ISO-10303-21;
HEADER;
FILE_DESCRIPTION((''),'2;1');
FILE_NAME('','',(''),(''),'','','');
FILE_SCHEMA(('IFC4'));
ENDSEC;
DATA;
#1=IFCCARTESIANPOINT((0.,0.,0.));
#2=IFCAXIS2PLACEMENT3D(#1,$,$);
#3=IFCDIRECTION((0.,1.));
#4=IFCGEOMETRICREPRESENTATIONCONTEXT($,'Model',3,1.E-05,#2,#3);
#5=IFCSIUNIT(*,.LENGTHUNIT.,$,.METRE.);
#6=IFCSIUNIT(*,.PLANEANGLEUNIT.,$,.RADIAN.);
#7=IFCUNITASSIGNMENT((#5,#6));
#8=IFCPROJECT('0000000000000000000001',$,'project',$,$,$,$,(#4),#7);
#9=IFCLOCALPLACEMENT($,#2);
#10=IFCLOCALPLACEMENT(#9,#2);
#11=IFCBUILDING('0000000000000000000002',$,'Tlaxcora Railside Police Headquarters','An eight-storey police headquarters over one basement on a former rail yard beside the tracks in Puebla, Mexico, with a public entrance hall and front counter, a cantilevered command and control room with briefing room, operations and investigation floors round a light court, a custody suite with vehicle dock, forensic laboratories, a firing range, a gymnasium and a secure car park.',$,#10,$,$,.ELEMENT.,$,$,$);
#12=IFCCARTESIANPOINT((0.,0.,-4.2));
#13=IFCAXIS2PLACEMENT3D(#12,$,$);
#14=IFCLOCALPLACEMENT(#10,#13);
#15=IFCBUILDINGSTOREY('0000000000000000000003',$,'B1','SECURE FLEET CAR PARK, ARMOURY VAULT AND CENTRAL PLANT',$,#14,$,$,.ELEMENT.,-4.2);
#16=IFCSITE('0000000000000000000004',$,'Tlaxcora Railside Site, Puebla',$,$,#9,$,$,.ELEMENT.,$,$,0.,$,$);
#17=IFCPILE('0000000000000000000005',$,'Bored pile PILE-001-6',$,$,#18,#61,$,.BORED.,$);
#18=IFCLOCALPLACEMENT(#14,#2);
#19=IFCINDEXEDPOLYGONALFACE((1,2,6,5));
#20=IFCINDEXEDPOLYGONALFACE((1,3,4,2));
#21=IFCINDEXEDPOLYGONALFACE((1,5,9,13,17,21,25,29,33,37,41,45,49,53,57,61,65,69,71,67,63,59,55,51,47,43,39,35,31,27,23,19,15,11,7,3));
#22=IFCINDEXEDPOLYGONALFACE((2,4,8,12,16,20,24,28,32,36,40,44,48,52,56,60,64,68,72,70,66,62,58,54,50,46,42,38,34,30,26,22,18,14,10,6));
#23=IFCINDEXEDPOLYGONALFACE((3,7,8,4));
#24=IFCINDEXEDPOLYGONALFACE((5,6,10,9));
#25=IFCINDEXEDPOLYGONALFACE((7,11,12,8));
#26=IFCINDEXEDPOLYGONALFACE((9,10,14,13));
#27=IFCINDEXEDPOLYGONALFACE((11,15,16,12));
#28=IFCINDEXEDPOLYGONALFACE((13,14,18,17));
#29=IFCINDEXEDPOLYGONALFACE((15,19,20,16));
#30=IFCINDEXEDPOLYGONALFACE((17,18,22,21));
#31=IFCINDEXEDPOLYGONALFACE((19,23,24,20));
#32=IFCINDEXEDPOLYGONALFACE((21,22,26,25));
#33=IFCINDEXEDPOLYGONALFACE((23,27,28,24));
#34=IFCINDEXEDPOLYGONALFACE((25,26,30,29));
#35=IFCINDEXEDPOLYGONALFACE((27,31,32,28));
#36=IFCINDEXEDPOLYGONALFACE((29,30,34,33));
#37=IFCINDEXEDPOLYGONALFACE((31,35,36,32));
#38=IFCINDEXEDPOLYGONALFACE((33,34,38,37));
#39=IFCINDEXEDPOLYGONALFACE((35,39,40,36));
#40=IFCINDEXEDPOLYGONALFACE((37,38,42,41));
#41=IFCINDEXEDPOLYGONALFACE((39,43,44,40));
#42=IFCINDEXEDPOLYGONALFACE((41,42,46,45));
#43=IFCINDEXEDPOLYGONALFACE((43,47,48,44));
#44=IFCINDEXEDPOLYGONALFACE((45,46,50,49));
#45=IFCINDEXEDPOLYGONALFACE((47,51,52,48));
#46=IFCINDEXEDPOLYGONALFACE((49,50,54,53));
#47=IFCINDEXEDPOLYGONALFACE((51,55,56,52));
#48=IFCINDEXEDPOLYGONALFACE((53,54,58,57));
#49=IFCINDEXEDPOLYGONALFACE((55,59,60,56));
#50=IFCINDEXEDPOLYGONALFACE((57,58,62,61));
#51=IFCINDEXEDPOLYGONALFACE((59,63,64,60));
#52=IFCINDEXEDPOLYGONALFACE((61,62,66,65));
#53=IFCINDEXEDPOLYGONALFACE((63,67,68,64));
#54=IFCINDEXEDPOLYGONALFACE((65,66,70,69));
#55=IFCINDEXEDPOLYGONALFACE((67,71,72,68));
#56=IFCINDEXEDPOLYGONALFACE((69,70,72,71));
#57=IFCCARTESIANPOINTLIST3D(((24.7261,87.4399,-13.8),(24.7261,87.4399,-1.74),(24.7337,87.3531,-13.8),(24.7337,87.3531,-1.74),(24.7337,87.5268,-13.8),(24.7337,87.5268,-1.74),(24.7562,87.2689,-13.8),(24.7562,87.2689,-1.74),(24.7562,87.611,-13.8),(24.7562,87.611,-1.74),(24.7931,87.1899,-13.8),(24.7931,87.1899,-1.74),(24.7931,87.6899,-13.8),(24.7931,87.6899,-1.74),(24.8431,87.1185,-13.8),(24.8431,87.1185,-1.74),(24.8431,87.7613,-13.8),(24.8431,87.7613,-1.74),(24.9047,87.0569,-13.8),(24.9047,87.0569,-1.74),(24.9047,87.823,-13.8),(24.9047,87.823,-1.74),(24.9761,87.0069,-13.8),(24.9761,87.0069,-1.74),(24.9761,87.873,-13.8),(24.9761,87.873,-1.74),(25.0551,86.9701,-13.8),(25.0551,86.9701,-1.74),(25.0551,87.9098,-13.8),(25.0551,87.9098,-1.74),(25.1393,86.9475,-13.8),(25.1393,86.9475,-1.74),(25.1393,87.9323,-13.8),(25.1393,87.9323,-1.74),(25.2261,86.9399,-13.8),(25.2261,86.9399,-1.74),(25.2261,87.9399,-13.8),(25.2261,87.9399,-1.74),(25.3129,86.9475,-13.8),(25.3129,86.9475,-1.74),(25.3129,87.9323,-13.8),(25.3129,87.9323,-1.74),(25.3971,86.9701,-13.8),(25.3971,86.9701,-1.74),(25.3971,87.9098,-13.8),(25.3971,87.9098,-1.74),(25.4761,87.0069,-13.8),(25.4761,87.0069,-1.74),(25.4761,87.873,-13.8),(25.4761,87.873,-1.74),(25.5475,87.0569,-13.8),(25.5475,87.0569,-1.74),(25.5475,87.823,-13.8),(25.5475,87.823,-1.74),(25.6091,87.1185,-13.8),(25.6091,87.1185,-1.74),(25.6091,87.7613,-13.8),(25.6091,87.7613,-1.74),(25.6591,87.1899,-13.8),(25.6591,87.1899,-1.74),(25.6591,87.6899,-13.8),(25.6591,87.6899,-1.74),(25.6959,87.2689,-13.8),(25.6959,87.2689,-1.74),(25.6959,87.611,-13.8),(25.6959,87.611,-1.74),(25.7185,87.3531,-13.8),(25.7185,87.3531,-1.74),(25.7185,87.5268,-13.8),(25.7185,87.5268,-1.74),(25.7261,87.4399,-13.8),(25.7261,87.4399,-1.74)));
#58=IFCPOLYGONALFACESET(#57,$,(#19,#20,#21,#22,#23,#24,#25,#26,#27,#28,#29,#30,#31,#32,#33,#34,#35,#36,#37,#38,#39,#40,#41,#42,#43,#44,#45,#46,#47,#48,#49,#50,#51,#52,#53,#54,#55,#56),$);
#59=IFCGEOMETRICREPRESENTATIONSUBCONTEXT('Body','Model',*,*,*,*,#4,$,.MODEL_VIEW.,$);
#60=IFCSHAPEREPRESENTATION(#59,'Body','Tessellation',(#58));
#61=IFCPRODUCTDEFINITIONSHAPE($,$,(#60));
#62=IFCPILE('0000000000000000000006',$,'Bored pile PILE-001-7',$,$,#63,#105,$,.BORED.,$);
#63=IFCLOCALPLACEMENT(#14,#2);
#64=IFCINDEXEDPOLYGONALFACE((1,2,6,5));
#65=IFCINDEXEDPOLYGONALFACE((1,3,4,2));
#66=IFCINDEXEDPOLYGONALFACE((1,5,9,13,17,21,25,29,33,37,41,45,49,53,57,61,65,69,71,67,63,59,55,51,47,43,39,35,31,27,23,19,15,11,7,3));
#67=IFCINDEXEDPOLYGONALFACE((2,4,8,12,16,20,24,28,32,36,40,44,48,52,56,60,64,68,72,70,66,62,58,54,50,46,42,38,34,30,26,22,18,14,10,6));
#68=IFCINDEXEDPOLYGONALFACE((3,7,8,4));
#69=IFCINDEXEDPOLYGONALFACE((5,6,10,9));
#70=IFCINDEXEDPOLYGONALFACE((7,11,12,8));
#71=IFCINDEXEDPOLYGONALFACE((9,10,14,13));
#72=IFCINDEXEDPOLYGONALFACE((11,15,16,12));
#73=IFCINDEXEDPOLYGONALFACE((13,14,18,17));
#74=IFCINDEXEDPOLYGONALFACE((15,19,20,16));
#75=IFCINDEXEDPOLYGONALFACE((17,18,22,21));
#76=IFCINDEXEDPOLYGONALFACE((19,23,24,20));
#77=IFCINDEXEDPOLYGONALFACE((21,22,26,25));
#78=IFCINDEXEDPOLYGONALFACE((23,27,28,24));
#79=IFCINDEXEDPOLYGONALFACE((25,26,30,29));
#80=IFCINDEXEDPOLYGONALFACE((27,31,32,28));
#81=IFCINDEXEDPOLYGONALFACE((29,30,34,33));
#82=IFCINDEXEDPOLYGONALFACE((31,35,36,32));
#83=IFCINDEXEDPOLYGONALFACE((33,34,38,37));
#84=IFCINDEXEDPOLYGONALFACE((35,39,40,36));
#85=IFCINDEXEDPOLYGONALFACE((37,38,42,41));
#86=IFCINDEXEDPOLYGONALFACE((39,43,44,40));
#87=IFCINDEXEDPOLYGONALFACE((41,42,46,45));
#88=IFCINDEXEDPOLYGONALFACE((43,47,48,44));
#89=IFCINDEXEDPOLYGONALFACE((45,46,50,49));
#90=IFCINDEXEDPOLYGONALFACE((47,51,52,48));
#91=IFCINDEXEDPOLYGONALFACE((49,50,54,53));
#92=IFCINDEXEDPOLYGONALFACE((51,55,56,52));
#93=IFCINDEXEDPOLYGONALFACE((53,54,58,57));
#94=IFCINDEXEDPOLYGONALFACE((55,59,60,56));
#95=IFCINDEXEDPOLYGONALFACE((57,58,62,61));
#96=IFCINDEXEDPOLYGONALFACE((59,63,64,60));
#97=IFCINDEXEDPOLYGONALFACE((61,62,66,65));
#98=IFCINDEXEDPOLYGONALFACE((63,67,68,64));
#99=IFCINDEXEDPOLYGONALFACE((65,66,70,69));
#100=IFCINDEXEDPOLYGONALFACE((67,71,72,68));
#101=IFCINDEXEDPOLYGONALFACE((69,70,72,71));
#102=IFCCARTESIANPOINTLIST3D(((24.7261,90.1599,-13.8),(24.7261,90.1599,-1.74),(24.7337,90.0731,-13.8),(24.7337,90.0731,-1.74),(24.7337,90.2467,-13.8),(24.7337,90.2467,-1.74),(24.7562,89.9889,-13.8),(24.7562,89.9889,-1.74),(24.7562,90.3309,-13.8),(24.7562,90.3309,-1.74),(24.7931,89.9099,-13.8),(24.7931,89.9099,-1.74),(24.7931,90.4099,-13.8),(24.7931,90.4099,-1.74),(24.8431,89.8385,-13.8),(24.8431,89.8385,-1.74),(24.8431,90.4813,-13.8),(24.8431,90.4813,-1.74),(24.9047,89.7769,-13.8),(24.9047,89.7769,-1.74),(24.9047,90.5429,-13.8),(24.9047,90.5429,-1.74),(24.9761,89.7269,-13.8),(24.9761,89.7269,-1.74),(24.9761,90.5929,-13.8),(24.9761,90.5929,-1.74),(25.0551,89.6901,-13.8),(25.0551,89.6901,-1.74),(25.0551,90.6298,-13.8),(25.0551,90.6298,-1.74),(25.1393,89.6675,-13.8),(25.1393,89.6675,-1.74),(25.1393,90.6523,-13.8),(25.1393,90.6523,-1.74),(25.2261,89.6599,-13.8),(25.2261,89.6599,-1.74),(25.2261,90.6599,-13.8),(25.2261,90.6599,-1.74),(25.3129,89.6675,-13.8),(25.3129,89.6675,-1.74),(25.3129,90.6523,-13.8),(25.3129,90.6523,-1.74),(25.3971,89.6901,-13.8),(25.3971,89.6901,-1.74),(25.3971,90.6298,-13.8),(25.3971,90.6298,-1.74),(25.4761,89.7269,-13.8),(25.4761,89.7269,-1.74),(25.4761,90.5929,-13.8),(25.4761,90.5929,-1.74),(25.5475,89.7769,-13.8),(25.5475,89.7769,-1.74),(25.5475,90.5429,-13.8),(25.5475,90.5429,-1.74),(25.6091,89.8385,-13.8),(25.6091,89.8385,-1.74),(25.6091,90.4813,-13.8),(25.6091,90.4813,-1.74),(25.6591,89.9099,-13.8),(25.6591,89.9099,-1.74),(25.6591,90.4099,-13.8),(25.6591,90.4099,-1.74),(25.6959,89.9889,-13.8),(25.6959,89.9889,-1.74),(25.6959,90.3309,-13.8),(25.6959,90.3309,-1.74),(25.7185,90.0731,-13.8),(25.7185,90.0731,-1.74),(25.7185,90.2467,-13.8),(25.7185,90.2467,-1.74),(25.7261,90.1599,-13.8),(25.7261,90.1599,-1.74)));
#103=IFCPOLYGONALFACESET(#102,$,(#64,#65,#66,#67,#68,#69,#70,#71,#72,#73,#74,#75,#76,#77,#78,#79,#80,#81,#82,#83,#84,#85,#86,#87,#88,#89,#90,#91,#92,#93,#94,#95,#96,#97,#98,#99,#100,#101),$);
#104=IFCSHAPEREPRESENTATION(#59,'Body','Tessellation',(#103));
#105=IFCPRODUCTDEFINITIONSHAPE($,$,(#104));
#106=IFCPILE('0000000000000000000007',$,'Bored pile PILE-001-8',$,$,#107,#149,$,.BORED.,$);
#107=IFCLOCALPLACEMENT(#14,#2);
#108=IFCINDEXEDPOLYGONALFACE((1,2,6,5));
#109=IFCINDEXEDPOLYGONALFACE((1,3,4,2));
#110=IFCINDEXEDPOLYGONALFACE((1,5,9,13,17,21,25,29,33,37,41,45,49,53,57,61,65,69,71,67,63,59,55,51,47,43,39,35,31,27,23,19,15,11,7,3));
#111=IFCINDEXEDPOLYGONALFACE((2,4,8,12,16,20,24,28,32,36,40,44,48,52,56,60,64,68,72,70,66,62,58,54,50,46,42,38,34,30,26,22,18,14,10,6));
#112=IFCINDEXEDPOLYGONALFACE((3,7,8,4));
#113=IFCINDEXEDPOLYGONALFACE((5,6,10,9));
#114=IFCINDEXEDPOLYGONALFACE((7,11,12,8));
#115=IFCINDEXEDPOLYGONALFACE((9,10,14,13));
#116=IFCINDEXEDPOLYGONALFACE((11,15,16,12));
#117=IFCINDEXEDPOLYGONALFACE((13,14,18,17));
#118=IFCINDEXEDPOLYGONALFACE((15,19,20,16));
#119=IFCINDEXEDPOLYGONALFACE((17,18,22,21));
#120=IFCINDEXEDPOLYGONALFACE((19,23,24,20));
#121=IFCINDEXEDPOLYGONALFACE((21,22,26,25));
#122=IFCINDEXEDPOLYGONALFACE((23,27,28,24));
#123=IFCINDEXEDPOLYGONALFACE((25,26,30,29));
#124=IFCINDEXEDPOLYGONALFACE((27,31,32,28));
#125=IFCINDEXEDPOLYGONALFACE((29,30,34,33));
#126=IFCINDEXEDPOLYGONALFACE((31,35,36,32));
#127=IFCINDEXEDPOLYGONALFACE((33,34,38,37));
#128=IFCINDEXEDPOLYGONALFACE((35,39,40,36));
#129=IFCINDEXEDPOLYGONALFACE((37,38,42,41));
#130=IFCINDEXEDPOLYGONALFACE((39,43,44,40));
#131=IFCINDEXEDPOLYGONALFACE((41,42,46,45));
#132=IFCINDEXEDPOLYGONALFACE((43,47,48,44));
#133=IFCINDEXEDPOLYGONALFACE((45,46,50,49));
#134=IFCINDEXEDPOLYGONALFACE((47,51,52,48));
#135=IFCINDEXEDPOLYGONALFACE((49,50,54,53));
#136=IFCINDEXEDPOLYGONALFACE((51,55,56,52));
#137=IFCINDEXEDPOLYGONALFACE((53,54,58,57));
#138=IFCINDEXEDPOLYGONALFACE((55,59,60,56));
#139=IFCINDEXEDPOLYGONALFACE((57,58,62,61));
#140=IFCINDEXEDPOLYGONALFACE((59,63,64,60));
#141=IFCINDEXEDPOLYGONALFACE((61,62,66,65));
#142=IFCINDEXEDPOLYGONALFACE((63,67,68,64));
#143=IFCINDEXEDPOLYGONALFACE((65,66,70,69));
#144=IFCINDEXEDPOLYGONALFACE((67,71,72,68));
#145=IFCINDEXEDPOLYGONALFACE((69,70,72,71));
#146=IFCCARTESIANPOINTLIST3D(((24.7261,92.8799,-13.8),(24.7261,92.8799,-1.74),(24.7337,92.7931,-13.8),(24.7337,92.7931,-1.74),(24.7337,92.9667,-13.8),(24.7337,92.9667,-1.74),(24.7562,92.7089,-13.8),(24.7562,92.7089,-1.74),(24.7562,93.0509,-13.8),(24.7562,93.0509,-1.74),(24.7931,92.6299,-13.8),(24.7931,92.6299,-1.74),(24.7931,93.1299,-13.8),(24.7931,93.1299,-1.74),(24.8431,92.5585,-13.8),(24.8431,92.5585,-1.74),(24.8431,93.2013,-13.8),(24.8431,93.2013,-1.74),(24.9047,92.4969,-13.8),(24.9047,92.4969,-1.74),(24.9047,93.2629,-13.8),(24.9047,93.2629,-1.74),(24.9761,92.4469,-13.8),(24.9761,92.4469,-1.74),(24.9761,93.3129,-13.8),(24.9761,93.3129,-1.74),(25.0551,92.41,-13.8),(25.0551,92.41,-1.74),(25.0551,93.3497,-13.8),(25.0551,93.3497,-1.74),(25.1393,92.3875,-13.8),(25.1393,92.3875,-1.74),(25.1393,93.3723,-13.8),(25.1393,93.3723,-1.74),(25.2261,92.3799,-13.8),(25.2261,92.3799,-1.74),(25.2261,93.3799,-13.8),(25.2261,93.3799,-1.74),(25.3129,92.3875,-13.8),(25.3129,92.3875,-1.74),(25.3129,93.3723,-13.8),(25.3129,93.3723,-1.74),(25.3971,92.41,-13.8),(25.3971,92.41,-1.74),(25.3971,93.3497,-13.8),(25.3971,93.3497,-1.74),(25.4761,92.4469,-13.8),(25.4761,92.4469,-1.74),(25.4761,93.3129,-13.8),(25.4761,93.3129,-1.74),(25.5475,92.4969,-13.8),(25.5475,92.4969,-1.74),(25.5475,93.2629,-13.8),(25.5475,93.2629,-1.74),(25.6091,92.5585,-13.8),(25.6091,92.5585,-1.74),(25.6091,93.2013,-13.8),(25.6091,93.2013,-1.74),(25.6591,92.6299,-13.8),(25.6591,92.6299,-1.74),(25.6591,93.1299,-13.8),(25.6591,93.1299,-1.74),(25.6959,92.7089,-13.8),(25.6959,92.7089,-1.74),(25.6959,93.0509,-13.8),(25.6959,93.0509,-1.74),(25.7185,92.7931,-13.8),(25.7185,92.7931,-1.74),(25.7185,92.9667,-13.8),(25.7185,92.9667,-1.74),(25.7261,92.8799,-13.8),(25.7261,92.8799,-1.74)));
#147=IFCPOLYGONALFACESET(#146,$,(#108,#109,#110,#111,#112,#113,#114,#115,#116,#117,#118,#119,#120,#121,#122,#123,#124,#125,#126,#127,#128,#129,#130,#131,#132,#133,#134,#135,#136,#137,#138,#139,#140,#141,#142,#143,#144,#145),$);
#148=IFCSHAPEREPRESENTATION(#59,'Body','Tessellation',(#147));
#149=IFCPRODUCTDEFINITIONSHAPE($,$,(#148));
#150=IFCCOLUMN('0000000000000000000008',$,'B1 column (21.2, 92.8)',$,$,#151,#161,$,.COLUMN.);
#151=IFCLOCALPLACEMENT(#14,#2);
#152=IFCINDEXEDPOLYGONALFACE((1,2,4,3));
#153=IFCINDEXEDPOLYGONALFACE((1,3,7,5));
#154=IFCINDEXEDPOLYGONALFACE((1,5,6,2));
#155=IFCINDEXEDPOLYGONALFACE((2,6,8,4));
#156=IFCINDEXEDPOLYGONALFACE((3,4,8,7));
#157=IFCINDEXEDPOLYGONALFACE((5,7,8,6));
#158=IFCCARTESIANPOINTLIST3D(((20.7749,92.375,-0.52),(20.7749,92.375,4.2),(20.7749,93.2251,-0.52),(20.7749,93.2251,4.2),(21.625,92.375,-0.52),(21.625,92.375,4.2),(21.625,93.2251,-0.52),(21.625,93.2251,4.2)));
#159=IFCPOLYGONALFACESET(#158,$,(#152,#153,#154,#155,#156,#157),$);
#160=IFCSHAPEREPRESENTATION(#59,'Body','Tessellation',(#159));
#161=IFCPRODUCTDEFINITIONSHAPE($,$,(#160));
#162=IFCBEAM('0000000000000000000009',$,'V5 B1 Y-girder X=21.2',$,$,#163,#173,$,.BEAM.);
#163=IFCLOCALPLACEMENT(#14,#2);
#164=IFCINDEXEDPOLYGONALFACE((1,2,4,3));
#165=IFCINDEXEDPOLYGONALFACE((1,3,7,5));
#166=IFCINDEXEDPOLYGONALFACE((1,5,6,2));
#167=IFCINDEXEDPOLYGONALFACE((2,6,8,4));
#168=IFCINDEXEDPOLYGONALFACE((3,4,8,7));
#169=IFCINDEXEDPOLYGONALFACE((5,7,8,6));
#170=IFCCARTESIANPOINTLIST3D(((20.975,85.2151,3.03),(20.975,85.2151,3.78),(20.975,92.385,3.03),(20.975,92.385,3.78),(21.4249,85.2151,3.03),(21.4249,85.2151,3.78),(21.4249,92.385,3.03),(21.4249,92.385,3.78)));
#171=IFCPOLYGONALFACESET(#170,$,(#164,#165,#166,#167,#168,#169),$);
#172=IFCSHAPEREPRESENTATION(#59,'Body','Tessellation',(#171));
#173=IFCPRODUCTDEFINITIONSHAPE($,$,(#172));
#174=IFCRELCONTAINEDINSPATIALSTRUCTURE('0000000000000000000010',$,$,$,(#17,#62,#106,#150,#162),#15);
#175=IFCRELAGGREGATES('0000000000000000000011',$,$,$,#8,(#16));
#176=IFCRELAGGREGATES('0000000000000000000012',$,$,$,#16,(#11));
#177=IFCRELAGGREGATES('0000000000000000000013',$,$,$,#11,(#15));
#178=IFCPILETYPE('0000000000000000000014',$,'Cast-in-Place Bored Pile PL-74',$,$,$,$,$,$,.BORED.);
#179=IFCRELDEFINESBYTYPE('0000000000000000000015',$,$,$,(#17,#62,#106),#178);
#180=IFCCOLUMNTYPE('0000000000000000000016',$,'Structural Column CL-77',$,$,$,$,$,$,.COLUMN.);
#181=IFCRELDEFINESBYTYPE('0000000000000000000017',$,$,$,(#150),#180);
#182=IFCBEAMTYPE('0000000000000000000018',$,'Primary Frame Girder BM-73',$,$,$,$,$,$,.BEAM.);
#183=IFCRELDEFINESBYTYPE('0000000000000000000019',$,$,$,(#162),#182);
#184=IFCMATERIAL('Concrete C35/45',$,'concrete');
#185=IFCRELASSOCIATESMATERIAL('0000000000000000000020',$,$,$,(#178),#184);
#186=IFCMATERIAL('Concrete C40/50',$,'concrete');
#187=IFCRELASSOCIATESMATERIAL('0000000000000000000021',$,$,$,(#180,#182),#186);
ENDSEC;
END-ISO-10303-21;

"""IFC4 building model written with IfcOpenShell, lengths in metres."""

from ifc_helpers import new_model, si_unit, direction, frame, origin, origin_2d, place, context, subcontext, project, spatial, rectangle, circle, extrude, material, material_profile, profile_set, type_object, element, save


model = new_model("IFC4")

# Units and contexts
model_context = context("Model", 3, precision=1e-05, world=origin(), true_north=direction((0.0, 1.0)))
body_context = subcontext(model_context, "Body", "Model", "MODEL_VIEW")
ifc_project = project(units=[si_unit("LENGTHUNIT", "METRE"), si_unit("PLANEANGLEUNIT", "RADIAN")], contexts=[model_context])

# Site, building, storey
site_placement = place(None, origin())
site = spatial("IfcSite", under=ifc_project, at=site_placement, Name="Tlaxcora Railside Site, Puebla", CompositionType="ELEMENT", RefElevation=0.0)
building_placement = place(site_placement, origin())
building = spatial("IfcBuilding", under=site, at=building_placement, Name="Tlaxcora Railside Police Headquarters", Description="An eight-storey police headquarters over one basement on a former rail yard beside the tracks in Puebla, Mexico, with a public entrance hall and front counter, a cantilevered command and control room with briefing room, operations and investigation floors round a light court, a custody suite with vehicle dock, forensic laboratories, a firing range, a gymnasium and a secure car park.", CompositionType="ELEMENT")
storey_placement = place(building_placement, frame((0.0, 0.0, -4.2)))
storey = spatial("IfcBuildingStorey", under=building, at=storey_placement, Name="B1", Description="SECURE FLEET CAR PARK, ARMOURY VAULT AND CENTRAL PLANT", CompositionType="ELEMENT", Elevation=-4.2)

# Piles
ifc_material_1 = material(Name="Concrete C35/45", Category="concrete")
ifc_material_profile_1 = material_profile(ifc_material_1, circle(Radius=0.5, at=origin_2d()), Name="PILE1000")
ifc_profile_set_1 = profile_set([ifc_material_profile_1], Name="Concrete C35/45")
pile_type = type_object("IfcPileType", Name="Cast-in-Place Bored Pile PL-74", PredefinedType="BORED", material=ifc_profile_set_1)
for number, where, z_axis, x_axis, name in (
    (1, (25.2261, 87.4399, -1.74), (0.0, 0.0, -1.0), (1.0, 0.0, 0.0), "Bored pile PILE-001-6"),
    (2, (25.2261, 90.1599, -1.74), (0.0, 0.0, -1.0), (1.0, 0.0, 0.0), "Bored pile PILE-001-7"),
    (3, (25.2261, 92.8799, -1.74), (0.0, 0.0, -1.0), (1.0, 0.0, 0.0), "Bored pile PILE-001-8"),
):
    element("IfcPile", number, at=place(storey_placement, frame(where, z_axis=z_axis, x_axis=x_axis)), inside=storey, type_object=pile_type, Name=name, PredefinedType="BORED", context=body_context, shape_type="SweptSolid", body=[
        extrude(circle(Radius=0.5, at=origin_2d()), origin(), (0.0, 0.0, 1.0), 12.0601),
    ])

# Column
ifc_material_2 = material(Name="Concrete C40/50", Category="concrete")
ifc_material_profile_2 = material_profile(ifc_material_2, rectangle(XDim=0.8501, YDim=0.8501, at=origin_2d()), Name="RC850X850")
ifc_profile_set_2 = profile_set([ifc_material_profile_2], Name="Concrete C40/50")
column_type = type_object("IfcColumnType", Name="Structural Column CL-77", PredefinedType="COLUMN", material=ifc_profile_set_2)
column_placement = place(storey_placement, frame((21.2, 92.8, -0.52), z_axis=(0.0, 0.0, 1.0), x_axis=(1.0, 0.0, 0.0)))
element("IfcColumn", 4, at=column_placement, inside=storey, type_object=column_type, Name="B1 column (21.2, 92.8)", PredefinedType="COLUMN", context=body_context, shape_type="SweptSolid", body=[
    extrude(rectangle(XDim=0.8501, YDim=0.8501, at=origin_2d()), origin(), (0.0, 0.0, 1.0), 4.72),
])

# Beam
ifc_material_profile_3 = material_profile(ifc_material_2, rectangle(XDim=0.45, YDim=0.75, at=origin_2d()), Name="RC450X750")
ifc_profile_set_3 = profile_set([ifc_material_profile_3], Name="Concrete C40/50")
beam_type = type_object("IfcBeamType", Name="Primary Frame Girder BM-73", PredefinedType="BEAM", material=ifc_profile_set_3)
beam_placement = place(storey_placement, frame((21.2, 85.2151, 3.405), z_axis=(0.0, 1.0, 0.0), x_axis=(-1.0, 0.0, 0.0)))
element("IfcBeam", 5, at=beam_placement, inside=storey, type_object=beam_type, Name="V5 B1 Y-girder X=21.2", PredefinedType="BEAM", context=body_context, shape_type="SweptSolid", body=[
    extrude(rectangle(XDim=0.45, YDim=0.75, at=origin_2d()), origin(), (0.0, 0.0, 1.0), 7.1699),
])

save(model, "model.ifc")
